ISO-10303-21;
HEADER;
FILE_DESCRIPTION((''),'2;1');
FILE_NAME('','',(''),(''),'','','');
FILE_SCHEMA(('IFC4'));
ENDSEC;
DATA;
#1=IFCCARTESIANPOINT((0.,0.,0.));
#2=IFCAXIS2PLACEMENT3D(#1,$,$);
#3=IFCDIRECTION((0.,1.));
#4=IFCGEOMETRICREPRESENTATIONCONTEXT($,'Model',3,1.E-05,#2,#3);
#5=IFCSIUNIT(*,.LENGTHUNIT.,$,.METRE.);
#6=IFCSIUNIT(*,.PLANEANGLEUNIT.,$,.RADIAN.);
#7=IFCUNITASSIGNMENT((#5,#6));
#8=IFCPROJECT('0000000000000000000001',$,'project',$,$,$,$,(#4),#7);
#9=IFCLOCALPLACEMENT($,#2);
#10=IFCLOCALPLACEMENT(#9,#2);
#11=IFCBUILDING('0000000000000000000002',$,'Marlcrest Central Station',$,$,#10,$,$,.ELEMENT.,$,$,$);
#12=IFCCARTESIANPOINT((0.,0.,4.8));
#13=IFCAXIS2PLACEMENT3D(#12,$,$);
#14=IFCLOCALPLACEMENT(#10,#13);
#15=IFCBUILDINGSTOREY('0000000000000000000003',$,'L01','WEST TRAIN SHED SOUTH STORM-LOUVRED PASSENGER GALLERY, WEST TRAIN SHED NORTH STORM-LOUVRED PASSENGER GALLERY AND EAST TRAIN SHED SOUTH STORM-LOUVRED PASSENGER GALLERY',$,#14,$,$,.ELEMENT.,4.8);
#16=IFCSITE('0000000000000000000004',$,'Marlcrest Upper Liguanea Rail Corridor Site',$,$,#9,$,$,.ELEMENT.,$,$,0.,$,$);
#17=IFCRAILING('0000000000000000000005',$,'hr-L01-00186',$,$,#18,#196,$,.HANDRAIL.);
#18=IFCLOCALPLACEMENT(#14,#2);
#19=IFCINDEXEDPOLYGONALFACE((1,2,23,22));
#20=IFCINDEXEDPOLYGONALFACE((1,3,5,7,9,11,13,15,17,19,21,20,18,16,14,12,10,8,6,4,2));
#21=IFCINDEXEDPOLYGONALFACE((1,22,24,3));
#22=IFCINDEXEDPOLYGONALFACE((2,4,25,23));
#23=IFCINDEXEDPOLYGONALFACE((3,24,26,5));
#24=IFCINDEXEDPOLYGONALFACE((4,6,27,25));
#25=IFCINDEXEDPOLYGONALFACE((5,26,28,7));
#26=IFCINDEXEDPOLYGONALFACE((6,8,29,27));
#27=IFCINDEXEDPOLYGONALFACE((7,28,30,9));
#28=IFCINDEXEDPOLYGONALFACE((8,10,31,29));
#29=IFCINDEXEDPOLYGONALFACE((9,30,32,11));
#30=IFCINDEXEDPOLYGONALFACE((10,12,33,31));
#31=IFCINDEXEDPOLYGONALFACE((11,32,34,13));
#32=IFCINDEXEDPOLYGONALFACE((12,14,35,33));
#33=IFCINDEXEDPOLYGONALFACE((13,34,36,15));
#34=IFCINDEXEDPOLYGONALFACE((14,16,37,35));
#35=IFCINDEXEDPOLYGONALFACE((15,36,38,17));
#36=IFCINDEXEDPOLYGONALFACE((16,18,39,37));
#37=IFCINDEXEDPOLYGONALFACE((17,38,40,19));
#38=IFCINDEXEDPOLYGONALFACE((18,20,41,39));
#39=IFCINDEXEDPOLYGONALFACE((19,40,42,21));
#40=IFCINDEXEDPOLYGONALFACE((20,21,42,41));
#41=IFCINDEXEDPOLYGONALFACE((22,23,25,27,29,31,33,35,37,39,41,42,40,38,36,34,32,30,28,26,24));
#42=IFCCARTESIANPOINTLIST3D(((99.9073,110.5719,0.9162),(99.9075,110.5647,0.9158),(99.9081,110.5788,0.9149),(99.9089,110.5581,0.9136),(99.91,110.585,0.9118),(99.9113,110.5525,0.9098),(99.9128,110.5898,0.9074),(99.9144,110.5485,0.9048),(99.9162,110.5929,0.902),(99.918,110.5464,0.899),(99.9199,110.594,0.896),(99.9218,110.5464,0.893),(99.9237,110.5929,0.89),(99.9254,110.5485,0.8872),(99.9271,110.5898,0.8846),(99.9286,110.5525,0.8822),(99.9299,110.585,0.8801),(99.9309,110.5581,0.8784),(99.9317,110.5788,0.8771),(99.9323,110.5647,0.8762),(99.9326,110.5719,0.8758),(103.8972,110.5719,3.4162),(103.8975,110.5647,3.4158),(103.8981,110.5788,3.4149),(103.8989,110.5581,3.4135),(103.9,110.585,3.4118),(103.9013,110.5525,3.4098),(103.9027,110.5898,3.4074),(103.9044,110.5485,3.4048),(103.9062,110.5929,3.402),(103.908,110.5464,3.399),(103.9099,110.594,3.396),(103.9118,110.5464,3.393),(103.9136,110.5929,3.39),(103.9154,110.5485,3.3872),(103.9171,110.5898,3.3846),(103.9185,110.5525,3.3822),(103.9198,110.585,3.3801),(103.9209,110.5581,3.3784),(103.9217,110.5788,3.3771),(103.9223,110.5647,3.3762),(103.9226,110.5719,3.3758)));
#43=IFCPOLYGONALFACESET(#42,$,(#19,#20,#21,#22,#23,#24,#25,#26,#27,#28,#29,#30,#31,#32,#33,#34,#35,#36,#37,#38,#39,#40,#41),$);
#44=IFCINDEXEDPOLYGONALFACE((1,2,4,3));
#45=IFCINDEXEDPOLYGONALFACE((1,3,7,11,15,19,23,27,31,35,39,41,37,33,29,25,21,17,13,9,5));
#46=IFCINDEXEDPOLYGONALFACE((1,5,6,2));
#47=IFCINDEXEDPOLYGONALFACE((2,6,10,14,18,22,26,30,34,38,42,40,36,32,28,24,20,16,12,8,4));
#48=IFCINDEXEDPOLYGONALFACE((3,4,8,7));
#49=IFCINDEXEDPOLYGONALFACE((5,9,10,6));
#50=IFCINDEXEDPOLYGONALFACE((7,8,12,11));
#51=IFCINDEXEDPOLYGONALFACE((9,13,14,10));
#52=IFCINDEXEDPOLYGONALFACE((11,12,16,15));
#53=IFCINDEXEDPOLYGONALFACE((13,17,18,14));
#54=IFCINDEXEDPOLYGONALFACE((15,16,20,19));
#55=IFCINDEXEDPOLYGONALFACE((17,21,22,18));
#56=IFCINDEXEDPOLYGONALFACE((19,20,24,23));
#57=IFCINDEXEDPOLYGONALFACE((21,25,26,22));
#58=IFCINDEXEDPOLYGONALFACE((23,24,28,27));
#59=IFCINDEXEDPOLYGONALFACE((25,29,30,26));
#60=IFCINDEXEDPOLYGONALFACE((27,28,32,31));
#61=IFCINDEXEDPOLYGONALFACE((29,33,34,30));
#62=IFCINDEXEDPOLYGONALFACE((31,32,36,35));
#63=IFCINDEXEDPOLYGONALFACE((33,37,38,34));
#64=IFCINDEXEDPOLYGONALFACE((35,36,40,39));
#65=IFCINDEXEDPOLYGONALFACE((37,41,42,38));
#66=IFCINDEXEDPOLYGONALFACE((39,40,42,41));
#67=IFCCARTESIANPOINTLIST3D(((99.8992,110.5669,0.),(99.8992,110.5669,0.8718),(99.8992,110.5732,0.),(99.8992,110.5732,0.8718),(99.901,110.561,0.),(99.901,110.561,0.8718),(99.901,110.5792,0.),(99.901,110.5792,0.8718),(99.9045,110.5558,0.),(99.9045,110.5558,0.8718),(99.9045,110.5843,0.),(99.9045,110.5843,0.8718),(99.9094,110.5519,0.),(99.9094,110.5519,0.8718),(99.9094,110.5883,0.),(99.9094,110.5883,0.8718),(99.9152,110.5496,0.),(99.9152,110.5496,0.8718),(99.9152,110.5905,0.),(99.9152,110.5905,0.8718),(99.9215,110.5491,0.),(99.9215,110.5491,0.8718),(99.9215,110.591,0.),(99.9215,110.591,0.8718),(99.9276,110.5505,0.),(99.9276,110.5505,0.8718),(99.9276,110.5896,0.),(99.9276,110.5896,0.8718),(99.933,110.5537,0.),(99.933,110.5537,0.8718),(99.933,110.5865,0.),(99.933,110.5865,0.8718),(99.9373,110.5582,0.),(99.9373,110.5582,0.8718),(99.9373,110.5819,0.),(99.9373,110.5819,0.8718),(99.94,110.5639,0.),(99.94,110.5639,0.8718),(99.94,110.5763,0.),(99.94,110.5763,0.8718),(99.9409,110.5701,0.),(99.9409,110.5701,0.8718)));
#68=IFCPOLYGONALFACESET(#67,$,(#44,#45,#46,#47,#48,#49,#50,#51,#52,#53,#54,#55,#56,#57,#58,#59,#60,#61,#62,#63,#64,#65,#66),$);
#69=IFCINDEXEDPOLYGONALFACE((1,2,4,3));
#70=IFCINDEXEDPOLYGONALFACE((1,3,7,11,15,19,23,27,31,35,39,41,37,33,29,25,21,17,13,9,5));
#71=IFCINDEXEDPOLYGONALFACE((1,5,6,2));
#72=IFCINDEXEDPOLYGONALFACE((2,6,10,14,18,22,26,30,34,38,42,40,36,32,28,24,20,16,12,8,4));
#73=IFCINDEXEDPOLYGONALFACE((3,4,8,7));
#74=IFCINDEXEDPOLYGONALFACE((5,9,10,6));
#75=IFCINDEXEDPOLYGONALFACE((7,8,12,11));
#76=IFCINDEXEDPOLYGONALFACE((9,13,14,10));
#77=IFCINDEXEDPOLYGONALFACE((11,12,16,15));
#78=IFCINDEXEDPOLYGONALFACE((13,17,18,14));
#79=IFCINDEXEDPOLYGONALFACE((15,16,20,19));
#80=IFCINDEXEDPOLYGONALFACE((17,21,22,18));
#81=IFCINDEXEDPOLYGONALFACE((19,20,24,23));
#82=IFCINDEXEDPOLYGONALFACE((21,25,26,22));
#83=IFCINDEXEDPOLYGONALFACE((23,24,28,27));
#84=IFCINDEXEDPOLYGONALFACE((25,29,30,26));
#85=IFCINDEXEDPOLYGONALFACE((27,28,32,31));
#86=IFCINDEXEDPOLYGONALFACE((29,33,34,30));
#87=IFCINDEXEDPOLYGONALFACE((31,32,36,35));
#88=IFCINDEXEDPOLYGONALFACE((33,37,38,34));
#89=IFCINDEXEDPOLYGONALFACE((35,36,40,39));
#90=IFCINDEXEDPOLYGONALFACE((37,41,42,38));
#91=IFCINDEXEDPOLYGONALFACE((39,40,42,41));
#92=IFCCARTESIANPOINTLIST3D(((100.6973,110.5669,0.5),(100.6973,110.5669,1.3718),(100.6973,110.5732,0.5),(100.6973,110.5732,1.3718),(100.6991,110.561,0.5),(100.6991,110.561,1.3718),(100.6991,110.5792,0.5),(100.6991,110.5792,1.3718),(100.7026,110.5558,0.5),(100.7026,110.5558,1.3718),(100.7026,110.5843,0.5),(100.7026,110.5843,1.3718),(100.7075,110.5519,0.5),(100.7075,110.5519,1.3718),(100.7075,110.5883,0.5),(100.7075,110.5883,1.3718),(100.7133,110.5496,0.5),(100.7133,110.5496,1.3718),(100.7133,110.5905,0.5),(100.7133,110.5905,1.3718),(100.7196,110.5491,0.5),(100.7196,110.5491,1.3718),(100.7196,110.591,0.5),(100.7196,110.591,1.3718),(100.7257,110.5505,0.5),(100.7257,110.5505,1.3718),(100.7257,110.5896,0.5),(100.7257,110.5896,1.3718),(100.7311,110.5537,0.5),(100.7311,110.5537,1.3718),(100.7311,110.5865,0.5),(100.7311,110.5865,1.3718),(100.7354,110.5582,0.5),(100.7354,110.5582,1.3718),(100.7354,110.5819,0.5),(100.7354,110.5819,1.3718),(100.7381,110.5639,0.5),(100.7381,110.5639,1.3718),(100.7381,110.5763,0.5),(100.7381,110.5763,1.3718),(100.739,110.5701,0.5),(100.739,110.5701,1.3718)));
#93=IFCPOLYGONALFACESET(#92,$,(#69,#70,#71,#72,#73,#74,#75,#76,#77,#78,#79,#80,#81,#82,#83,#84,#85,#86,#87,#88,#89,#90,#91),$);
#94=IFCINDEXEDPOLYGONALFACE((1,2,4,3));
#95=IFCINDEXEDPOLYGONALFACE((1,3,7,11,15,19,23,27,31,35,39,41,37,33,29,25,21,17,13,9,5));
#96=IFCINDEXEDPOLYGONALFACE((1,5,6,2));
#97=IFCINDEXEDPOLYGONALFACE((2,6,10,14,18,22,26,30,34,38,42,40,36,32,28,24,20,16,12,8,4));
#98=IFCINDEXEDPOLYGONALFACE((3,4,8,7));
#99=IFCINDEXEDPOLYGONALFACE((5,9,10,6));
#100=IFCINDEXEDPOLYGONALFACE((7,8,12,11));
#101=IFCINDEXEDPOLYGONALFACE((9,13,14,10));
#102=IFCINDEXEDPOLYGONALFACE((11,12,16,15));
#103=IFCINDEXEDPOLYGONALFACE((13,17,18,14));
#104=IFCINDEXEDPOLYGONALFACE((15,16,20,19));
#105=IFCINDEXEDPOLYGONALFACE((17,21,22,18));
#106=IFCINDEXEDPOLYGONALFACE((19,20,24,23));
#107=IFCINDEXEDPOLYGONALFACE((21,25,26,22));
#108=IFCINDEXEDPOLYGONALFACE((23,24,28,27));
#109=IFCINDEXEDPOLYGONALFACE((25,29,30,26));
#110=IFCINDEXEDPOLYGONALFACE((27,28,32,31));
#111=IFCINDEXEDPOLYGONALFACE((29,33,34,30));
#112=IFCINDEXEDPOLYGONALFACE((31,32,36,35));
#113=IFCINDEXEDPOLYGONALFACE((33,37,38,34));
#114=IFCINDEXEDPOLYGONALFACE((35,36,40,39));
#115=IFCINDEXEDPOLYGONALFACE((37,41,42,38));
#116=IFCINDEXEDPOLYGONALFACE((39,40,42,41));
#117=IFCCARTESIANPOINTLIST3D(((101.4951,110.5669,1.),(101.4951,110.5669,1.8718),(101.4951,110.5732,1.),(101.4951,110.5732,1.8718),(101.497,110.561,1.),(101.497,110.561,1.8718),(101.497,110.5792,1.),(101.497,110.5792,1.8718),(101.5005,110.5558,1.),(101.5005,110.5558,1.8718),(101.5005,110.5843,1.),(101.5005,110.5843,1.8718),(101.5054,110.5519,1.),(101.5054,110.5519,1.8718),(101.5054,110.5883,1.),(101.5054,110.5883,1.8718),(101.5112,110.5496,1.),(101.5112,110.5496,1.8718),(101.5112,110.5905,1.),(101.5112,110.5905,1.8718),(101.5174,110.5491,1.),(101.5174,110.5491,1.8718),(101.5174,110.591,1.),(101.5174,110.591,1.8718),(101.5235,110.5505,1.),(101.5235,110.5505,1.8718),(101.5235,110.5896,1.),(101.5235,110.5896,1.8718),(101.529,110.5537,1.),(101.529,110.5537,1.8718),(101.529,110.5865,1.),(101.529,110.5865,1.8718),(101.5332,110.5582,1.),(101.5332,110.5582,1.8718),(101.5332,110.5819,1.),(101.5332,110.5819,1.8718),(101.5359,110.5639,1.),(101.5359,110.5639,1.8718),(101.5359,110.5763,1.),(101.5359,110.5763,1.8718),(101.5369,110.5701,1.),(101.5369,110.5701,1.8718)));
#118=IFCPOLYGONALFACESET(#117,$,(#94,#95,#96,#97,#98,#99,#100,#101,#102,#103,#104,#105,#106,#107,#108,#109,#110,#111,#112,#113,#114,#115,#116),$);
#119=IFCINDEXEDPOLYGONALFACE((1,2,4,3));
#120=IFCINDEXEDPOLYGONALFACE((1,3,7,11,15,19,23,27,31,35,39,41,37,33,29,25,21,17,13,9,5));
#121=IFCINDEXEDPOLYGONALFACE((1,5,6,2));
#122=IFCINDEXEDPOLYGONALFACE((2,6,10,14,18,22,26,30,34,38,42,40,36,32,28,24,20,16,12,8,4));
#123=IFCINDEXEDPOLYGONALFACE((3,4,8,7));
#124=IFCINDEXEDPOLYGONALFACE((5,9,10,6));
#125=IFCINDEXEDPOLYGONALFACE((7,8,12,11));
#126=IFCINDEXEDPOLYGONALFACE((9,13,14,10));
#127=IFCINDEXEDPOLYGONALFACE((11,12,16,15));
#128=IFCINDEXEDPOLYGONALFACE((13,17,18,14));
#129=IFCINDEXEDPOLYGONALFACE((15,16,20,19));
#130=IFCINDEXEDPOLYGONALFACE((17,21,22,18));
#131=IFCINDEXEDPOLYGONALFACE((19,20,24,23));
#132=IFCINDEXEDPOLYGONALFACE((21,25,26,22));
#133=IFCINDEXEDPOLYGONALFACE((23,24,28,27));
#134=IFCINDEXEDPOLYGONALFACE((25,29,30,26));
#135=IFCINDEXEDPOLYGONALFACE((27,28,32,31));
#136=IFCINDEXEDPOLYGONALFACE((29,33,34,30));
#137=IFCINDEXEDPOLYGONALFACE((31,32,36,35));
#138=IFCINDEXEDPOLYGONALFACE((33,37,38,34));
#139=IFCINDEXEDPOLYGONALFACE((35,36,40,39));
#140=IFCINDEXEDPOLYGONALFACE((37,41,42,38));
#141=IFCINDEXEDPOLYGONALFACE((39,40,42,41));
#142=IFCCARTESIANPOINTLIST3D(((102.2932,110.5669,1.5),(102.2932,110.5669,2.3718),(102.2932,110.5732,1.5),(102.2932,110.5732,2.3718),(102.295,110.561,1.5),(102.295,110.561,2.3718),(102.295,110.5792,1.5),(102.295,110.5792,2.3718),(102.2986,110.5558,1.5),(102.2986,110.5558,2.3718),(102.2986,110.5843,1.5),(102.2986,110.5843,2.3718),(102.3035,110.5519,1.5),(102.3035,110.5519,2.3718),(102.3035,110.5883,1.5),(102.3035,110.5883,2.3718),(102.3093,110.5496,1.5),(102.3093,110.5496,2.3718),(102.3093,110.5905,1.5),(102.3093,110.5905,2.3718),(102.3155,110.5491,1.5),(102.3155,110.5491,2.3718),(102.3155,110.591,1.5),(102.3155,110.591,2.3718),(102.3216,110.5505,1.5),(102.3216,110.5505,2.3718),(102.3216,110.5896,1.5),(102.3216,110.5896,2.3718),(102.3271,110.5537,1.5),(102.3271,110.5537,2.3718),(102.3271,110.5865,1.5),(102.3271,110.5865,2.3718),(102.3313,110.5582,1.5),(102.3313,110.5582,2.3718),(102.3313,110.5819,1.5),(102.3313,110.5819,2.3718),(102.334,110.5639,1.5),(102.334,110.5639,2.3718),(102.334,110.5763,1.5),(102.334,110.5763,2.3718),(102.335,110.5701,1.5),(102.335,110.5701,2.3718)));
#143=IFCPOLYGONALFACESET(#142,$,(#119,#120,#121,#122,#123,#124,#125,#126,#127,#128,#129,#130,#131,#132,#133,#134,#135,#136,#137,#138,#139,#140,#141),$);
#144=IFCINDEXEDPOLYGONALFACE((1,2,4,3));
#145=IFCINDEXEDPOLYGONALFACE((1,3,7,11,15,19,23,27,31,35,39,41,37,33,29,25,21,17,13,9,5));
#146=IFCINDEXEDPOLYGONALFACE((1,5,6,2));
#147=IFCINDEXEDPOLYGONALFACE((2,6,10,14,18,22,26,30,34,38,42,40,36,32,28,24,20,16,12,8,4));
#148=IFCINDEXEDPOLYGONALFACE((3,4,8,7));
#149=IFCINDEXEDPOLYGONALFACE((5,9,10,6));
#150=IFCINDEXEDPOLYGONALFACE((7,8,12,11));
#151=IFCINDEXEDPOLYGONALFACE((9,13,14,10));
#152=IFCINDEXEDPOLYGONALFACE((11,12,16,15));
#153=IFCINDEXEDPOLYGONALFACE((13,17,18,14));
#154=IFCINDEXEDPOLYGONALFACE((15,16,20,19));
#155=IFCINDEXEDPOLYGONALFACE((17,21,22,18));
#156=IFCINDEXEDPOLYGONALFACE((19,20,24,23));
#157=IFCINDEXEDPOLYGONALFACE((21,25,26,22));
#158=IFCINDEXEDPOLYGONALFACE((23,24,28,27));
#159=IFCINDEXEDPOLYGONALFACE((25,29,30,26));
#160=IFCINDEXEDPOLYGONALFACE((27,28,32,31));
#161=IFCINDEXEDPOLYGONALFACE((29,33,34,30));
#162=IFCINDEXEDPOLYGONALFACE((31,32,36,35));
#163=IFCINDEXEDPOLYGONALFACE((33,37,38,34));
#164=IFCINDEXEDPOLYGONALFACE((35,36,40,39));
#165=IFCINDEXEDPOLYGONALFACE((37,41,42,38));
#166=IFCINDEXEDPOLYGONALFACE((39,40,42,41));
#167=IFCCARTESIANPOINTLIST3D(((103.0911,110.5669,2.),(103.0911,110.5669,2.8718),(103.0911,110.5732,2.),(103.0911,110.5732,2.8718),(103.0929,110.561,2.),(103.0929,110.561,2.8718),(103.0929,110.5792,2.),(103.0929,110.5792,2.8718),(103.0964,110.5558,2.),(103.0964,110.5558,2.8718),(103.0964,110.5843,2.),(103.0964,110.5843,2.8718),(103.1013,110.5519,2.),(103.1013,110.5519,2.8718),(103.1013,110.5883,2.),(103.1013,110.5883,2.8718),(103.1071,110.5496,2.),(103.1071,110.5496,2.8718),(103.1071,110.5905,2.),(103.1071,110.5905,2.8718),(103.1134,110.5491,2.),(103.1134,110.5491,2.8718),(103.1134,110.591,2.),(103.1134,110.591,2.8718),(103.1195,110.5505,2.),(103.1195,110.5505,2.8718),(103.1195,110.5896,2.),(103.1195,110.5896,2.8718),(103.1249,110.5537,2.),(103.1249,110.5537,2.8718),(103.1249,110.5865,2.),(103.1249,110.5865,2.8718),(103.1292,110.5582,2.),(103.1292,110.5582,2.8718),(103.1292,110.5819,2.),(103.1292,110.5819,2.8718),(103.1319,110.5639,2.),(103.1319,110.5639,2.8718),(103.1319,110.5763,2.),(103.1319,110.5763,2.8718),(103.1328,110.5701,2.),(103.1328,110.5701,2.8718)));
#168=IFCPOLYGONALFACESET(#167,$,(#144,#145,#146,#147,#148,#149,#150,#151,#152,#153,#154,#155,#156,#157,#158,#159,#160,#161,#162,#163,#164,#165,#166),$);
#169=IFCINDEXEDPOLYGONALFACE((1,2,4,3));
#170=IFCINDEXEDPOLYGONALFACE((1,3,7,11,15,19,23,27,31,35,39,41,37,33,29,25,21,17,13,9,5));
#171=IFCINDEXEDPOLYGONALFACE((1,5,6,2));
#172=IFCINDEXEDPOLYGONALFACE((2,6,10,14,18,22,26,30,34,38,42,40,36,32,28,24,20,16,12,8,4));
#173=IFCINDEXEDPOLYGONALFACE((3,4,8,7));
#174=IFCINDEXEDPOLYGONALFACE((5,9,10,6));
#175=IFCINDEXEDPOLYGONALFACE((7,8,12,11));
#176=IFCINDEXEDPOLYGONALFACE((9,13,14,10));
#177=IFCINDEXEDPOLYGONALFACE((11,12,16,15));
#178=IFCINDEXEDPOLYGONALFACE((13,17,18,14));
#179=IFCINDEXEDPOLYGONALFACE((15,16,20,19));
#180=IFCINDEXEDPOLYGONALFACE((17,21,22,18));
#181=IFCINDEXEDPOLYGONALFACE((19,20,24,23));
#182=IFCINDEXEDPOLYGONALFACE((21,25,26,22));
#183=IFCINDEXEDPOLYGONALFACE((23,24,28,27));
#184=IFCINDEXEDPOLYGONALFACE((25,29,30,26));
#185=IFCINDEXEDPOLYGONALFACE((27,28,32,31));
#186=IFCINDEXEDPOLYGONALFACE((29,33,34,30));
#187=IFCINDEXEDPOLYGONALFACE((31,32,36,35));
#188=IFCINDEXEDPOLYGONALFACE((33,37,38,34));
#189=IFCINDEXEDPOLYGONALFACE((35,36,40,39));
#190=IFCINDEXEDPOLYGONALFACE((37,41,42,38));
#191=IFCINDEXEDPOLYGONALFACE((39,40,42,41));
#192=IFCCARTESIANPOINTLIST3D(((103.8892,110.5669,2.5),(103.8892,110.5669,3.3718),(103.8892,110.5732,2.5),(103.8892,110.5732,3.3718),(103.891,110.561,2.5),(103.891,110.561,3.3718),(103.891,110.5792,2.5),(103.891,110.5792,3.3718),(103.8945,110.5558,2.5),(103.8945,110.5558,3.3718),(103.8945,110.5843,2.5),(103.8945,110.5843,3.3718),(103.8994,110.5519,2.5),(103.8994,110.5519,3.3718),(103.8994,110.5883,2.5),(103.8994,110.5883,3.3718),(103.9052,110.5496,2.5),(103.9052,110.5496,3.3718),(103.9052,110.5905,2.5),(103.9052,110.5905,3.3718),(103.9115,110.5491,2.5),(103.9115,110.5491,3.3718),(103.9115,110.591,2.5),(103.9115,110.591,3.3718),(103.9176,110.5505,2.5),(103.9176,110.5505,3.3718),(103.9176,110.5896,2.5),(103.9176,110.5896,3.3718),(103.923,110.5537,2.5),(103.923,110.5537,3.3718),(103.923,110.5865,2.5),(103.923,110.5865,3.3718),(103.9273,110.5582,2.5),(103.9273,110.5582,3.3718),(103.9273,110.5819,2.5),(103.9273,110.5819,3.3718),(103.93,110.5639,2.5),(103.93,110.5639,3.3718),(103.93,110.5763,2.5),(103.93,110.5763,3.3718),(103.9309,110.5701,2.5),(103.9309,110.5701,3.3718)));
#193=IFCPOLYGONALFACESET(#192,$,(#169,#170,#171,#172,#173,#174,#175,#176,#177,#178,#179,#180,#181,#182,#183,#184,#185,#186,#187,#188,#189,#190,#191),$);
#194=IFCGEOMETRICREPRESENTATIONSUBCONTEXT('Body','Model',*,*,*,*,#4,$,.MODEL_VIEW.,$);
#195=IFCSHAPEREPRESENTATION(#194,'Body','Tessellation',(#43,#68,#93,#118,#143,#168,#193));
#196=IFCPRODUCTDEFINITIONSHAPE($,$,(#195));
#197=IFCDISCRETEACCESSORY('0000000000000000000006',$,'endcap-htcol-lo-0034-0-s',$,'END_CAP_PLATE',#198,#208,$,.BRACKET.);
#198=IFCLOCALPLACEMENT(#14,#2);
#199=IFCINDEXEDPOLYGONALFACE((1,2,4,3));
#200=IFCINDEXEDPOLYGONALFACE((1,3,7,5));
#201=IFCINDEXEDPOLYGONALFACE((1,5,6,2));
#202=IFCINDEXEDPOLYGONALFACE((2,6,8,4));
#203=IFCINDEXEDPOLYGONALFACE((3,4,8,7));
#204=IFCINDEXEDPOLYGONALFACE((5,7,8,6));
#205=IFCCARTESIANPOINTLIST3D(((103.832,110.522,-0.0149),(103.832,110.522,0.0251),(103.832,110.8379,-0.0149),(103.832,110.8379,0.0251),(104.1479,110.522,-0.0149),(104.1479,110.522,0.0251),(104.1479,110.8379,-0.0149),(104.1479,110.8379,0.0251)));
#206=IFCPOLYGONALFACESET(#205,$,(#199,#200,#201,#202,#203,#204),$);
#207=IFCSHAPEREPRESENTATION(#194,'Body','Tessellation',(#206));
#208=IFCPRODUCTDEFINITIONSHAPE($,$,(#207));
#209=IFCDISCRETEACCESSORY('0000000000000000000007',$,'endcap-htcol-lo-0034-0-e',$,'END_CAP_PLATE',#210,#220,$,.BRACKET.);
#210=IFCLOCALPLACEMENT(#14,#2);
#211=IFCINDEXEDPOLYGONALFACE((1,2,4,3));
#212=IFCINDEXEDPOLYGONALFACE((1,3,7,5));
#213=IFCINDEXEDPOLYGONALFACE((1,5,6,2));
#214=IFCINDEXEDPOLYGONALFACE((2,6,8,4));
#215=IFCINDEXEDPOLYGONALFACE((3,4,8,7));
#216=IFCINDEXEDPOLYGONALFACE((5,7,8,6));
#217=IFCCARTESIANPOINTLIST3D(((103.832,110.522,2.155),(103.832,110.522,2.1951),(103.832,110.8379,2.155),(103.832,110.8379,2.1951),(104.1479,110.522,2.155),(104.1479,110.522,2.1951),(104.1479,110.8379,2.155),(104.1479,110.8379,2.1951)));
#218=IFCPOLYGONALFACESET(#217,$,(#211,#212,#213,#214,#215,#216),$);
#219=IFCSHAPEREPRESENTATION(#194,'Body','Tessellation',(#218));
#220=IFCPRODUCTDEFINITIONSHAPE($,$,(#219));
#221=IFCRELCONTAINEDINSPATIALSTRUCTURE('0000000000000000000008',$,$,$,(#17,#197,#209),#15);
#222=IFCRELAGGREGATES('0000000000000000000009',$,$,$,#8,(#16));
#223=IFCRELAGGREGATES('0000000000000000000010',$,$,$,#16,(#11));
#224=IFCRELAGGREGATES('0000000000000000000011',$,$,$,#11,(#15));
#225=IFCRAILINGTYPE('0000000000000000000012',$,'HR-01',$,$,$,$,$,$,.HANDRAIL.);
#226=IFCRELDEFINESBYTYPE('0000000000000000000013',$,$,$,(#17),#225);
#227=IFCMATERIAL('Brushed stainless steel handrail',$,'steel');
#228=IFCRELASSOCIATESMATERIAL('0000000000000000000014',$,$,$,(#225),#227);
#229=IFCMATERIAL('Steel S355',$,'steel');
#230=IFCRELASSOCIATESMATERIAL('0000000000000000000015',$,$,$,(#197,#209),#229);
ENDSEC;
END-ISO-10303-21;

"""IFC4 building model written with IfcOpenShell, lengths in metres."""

from ifc_helpers import new_model, si_unit, direction, frame, origin, origin_2d, place, context, subcontext, project, spatial, rectangle, circle, extrude, material, type_object, element, save


model = new_model("IFC4")

# Units and contexts
model_context = context("Model", 3, precision=1e-05, world=origin(), true_north=direction((0.0, 1.0)))
body_context = subcontext(model_context, "Body", "Model", "MODEL_VIEW")
ifc_project = project(units=[si_unit("LENGTHUNIT", "METRE"), si_unit("PLANEANGLEUNIT", "RADIAN")], contexts=[model_context])

# Site, building, storey
site_placement = place(None, origin())
site = spatial("IfcSite", under=ifc_project, at=site_placement, Name="Marlcrest Upper Liguanea Rail Corridor Site", CompositionType="ELEMENT", RefElevation=0.0)
building_placement = place(site_placement, origin())
building = spatial("IfcBuilding", under=site, at=building_placement, Name="Marlcrest Central Station", CompositionType="ELEMENT")
storey_placement = place(building_placement, frame((0.0, 0.0, 4.8)))
storey = spatial("IfcBuildingStorey", under=building, at=storey_placement, Name="L01", Description="WEST TRAIN SHED SOUTH STORM-LOUVRED PASSENGER GALLERY, WEST TRAIN SHED NORTH STORM-LOUVRED PASSENGER GALLERY AND EAST TRAIN SHED SOUTH STORM-LOUVRED PASSENGER GALLERY", CompositionType="ELEMENT", Elevation=4.8)

# Shared definitions
ifc_material_1 = material(Name="Steel S355", Category="steel")

# Railing
ifc_material_2 = material(Name="Brushed stainless steel handrail", Category="steel")
railing_type_1 = type_object("IfcRailingType", Name="HR-01", PredefinedType="HANDRAIL", material=ifc_material_2)
for number, where, name in (
    (1, (99.9199, 110.5701, 0.0), "hr-L01-00186"),
):
    element("IfcRailing", number, at=place(storey_placement, frame(where)), inside=storey, type_object=railing_type_1, Name=name, PredefinedType="HANDRAIL", context=body_context, shape_type="SweptSolid", body=[
        extrude(circle(Radius=0.0239, at=origin_2d()), frame((0.0, 0.0, 0.896), z_axis=(0.847401, 0.0, 0.530954), x_axis=(0.0, 1.0, 0.0)), (0.0, 0.0, 1.0), 4.7085),
        extrude(circle(Radius=0.021, at=origin_2d()), origin(), (0.0, 0.0, 1.0), 0.8718),
        extrude(circle(Radius=0.021, at=origin_2d()), frame((0.7981, 0.0, 0.5)), (0.0, 0.0, 1.0), 0.8718),
        extrude(circle(Radius=0.021, at=origin_2d()), frame((1.5959, 0.0, 1.0)), (0.0, 0.0, 1.0), 0.8718),
        extrude(circle(Radius=0.021, at=origin_2d()), frame((2.394, 0.0, 1.5)), (0.0, 0.0, 1.0), 0.8718),
        extrude(circle(Radius=0.021, at=origin_2d()), frame((3.1919, 0.0, 2.0)), (0.0, 0.0, 1.0), 0.8718),
        extrude(circle(Radius=0.021, at=origin_2d()), frame((3.99, 0.0, 2.5)), (0.0, 0.0, 1.0), 0.8718),
    ])

# Discrete accessories
for number, where, z_axis, x_axis, name in (
    (2, (103.99, 110.6799, -0.0149), (0.0, 0.0, 1.0), (1.0, 0.0, 0.0), "endcap-htcol-lo-0034-0-s"),
    (3, (103.99, 110.6799, 2.155), (0.0, 0.0, 1.0), (1.0, 0.0, 0.0), "endcap-htcol-lo-0034-0-e"),
):
    element("IfcDiscreteAccessory", number, at=place(storey_placement, frame(where, z_axis=z_axis, x_axis=x_axis)), inside=storey, material=ifc_material_1, Name=name, ObjectType="END_CAP_PLATE", PredefinedType="BRACKET", context=body_context, shape_type="SweptSolid", body=[
        extrude(rectangle(XDim=0.3159, YDim=0.3159, at=origin_2d()), origin(), (0.0, 0.0, 1.0), 0.04),
    ])

save(model, "model.ifc")
